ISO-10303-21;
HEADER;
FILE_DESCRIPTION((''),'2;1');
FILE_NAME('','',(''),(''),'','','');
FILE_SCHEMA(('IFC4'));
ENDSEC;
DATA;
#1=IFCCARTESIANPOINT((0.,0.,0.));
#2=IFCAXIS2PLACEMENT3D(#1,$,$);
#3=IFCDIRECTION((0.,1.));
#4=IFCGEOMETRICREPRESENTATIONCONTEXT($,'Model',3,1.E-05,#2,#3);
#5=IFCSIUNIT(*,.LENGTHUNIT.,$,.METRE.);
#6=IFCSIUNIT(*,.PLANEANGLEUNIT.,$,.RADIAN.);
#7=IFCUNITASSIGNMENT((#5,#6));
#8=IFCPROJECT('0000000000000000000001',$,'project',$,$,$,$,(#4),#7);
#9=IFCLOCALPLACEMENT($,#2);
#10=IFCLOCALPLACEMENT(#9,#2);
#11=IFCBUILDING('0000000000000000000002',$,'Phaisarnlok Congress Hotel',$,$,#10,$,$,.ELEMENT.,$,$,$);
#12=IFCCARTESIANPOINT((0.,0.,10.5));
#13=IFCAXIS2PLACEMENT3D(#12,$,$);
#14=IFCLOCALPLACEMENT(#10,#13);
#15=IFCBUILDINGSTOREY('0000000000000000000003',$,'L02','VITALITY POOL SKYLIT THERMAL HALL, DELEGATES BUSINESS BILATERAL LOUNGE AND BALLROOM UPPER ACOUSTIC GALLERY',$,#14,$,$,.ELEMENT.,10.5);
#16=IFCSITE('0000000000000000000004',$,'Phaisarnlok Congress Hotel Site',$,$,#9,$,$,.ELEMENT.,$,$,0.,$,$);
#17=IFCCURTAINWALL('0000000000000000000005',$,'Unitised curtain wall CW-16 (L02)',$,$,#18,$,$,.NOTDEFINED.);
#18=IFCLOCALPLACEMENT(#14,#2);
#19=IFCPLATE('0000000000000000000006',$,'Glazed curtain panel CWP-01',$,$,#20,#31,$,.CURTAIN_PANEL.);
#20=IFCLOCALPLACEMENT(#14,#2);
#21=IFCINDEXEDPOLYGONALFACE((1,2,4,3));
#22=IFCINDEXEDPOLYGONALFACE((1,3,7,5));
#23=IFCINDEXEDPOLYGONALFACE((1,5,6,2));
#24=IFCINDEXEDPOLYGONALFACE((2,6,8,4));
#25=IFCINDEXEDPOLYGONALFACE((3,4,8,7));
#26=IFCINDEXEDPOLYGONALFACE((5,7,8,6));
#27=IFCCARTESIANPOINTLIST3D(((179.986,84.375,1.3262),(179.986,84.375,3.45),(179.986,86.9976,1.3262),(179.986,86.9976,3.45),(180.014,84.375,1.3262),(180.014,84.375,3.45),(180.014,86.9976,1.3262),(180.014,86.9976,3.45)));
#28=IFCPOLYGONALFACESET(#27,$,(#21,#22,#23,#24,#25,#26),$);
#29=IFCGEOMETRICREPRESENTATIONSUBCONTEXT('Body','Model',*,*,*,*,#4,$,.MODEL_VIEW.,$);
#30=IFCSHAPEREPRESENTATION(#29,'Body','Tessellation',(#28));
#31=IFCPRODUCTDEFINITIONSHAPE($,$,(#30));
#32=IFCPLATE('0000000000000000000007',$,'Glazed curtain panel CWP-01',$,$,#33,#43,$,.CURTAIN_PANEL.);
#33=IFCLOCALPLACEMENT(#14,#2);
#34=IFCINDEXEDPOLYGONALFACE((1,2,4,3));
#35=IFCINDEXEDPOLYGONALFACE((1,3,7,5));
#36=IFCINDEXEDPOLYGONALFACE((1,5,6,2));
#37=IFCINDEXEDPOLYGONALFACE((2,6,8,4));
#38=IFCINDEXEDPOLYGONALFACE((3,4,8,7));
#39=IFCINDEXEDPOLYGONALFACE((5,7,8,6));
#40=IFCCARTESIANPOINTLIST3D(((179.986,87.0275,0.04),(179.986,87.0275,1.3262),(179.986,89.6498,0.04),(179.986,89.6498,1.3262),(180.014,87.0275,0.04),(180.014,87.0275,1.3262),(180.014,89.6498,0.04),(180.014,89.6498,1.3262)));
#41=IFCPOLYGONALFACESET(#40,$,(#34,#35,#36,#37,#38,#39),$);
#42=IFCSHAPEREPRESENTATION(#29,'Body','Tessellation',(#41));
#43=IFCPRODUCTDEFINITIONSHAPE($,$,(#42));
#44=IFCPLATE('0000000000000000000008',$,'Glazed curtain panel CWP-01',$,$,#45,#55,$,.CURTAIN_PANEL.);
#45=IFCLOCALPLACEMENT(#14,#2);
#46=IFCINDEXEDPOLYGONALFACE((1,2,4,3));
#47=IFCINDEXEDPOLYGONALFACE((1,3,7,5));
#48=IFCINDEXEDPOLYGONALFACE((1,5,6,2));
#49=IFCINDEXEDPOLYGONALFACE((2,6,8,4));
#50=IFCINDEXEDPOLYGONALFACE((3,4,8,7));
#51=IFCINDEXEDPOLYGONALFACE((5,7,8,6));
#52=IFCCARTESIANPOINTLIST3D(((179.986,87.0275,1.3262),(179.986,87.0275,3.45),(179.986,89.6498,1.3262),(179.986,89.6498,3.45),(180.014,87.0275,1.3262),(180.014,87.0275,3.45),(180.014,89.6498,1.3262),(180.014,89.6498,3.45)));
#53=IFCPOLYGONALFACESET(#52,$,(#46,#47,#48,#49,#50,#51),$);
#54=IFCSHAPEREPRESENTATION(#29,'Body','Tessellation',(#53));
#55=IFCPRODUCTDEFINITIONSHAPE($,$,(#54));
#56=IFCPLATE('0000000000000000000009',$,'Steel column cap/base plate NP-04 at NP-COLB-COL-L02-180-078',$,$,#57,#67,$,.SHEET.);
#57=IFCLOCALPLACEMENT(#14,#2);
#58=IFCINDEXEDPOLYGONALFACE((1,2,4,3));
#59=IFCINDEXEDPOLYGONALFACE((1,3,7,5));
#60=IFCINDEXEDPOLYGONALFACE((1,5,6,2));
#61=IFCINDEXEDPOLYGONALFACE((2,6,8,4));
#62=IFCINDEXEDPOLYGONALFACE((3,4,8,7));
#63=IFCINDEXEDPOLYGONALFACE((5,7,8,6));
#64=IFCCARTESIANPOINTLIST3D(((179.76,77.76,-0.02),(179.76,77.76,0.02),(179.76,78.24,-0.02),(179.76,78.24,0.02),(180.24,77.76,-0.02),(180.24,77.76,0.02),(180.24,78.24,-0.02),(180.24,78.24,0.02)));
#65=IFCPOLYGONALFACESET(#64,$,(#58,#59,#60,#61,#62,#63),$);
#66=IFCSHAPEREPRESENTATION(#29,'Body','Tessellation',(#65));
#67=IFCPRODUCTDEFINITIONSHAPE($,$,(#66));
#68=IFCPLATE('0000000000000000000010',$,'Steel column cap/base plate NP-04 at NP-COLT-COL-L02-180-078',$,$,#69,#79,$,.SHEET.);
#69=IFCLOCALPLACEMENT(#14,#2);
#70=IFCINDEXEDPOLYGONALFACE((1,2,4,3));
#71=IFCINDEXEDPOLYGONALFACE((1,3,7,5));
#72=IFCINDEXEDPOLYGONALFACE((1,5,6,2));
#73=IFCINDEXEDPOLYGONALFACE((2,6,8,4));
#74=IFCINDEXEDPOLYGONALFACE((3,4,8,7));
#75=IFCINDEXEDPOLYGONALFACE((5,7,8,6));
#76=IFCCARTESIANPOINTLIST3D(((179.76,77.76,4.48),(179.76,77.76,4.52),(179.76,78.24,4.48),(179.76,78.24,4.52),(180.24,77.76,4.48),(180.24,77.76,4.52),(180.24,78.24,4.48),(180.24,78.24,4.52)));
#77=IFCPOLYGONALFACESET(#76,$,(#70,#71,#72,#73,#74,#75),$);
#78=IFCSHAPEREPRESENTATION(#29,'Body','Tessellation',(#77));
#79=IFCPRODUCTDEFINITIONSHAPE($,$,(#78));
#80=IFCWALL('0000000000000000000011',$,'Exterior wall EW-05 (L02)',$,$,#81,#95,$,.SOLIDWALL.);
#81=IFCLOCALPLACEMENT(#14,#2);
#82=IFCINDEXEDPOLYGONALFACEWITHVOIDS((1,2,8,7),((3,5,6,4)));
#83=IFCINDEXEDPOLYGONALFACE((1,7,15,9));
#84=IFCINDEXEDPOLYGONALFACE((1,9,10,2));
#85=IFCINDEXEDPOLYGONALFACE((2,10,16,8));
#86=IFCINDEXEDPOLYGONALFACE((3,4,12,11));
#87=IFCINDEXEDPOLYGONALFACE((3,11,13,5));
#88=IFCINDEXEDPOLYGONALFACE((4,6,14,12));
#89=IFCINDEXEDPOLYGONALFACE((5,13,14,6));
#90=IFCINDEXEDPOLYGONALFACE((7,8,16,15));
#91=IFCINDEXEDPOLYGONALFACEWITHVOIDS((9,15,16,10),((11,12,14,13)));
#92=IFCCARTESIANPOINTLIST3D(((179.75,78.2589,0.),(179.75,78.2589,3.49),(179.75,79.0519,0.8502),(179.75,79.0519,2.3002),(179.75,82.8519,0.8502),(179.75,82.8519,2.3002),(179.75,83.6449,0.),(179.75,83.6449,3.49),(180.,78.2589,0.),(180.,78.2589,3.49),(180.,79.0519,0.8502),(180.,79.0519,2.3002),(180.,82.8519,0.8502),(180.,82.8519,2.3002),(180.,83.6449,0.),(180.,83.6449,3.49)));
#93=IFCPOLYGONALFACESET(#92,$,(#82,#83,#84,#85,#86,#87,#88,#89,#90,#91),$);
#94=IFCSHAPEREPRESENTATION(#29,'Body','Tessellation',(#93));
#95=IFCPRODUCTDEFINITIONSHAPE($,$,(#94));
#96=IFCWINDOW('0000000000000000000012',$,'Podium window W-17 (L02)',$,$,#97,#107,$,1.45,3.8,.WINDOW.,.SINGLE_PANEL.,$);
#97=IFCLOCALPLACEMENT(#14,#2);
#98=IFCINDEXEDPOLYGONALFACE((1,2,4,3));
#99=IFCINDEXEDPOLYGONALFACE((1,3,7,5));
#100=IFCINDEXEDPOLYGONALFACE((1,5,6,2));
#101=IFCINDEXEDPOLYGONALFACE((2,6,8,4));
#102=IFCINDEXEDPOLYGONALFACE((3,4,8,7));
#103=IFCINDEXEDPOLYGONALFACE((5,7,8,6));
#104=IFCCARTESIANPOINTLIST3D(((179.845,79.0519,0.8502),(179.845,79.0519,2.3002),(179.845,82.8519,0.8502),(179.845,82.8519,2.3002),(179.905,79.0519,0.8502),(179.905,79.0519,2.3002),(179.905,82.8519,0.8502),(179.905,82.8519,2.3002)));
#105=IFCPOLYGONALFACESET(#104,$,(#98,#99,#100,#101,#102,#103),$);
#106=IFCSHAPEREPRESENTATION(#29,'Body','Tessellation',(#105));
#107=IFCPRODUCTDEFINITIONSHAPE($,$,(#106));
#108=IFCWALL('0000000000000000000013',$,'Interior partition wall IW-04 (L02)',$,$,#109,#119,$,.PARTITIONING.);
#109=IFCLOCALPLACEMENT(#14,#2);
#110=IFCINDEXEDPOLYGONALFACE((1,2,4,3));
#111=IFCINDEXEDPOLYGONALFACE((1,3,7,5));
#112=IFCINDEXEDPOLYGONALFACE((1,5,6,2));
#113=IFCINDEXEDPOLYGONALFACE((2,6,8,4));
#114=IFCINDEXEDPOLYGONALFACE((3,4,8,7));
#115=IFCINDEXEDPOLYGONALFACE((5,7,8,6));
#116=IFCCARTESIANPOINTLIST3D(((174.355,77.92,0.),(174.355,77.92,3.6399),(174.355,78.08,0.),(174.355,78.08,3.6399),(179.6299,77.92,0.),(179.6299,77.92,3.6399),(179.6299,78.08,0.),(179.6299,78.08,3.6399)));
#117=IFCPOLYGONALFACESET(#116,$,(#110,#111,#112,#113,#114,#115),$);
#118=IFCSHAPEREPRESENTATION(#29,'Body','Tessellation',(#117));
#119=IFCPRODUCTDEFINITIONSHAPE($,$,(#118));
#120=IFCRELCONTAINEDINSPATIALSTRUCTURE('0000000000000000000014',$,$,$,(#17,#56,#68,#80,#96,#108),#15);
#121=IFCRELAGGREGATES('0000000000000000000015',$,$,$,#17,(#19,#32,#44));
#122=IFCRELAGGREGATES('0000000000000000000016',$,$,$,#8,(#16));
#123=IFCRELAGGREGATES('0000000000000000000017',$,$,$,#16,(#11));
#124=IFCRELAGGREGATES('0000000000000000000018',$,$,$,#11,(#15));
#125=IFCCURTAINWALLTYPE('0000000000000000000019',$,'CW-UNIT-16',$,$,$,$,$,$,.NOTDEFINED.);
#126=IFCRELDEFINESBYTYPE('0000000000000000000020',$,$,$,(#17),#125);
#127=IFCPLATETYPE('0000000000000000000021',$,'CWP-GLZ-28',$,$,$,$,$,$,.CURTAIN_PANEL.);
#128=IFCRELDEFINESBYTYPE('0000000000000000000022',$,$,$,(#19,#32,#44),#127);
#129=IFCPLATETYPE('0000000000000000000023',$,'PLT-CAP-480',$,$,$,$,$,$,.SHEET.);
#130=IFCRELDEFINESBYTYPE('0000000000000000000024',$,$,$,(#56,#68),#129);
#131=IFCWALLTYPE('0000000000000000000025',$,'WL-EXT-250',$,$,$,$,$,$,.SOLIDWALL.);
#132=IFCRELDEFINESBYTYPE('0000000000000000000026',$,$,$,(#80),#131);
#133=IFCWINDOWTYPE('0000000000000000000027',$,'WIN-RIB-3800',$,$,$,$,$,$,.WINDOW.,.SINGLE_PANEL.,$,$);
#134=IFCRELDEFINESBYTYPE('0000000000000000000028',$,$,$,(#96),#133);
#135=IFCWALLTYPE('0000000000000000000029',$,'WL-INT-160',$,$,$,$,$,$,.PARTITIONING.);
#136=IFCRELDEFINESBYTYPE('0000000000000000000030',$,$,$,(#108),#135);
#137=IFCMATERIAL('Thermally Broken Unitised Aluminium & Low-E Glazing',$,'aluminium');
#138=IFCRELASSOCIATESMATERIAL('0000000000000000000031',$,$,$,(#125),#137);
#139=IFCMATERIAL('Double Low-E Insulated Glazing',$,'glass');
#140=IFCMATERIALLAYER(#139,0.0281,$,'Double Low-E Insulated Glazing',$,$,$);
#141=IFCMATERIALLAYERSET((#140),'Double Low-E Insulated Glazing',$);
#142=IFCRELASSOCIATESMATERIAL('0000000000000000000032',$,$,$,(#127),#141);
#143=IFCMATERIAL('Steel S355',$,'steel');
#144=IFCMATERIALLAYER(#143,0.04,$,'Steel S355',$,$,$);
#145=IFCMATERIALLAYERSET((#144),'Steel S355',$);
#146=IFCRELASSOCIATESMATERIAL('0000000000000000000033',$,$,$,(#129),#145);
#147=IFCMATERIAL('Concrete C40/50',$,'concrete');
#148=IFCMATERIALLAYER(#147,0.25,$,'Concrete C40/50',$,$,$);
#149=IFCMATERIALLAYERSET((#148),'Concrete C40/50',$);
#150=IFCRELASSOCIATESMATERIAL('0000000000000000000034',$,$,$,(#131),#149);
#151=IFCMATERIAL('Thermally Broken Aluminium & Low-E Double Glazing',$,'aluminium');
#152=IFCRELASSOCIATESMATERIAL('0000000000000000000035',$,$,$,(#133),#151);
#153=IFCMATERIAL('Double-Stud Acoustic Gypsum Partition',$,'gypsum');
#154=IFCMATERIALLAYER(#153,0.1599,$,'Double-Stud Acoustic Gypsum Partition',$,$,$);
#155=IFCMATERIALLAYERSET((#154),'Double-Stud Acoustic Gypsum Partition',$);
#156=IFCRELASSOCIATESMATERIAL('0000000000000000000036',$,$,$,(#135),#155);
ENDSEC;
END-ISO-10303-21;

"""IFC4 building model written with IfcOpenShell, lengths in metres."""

from ifc_helpers import new_model, si_unit, direction, frame, frame_2d, origin, origin_2d, place, context, subcontext, project, spatial, rectangle, extrude, material, layer, layer_set, type_object, element, fill, aggregate, save


model = new_model("IFC4")

# Units and contexts
model_context = context("Model", 3, precision=1e-05, world=origin(), true_north=direction((0.0, 1.0)))
body_context = subcontext(model_context, "Body", "Model", "MODEL_VIEW")
ifc_project = project(units=[si_unit("LENGTHUNIT", "METRE"), si_unit("PLANEANGLEUNIT", "RADIAN")], contexts=[model_context])

# Site, building, storey
site_placement = place(None, origin())
site = spatial("IfcSite", under=ifc_project, at=site_placement, Name="Phaisarnlok Congress Hotel Site", CompositionType="ELEMENT", RefElevation=0.0)
building_placement = place(site_placement, origin())
building = spatial("IfcBuilding", under=site, at=building_placement, Name="Phaisarnlok Congress Hotel", CompositionType="ELEMENT")
storey_placement = place(building_placement, frame((0.0, 0.0, 10.5)))
storey = spatial("IfcBuildingStorey", under=building, at=storey_placement, Name="L02", Description="VITALITY POOL SKYLIT THERMAL HALL, DELEGATES BUSINESS BILATERAL LOUNGE AND BALLROOM UPPER ACOUSTIC GALLERY", CompositionType="ELEMENT", Elevation=10.5)

# Shared definitions
ifc_material_1 = material(Name="Steel S355", Category="steel")

# Curtain wall
ifc_material_2 = material(Name="Thermally Broken Unitised Aluminium & Low-E Glazing", Category="aluminium")
curtain_wall_type = type_object("IfcCurtainWallType", Name="CW-UNIT-16", PredefinedType="NOTDEFINED", material=ifc_material_2)
curtain_wall_placement = place(storey_placement, origin())
curtain_wall = element("IfcCurtainWall", 1, at=curtain_wall_placement, inside=storey, type_object=curtain_wall_type, Name="Unitised curtain wall CW-16 (L02)", PredefinedType="NOTDEFINED")

# Shared definitions
ifc_material_3 = material(Name="Concrete C40/50", Category="concrete")

# Plates
ifc_material_4 = material(Name="Double Low-E Insulated Glazing", Category="glass")
ifc_layer_1 = layer(ifc_material_4, 0.0281, Name="Double Low-E Insulated Glazing")
ifc_layer_set_1 = layer_set([ifc_layer_1], Name="Double Low-E Insulated Glazing")
plate_type_1 = type_object("IfcPlateType", Name="CWP-GLZ-28", PredefinedType="CURTAIN_PANEL", material=ifc_layer_set_1)
plate_1_placement = place(storey_placement, frame((180.0, 84.375, 1.3262), z_axis=(0.0, 0.0, 1.0), x_axis=(0.0, 1.0, 0.0)))
plate_1 = element("IfcPlate", 2, at=plate_1_placement, type_object=plate_type_1, Name="Glazed curtain panel CWP-01", PredefinedType="CURTAIN_PANEL", context=body_context, shape_type="SweptSolid", body=[
    extrude(rectangle(XDim=2.6226, YDim=0.0281, at=frame_2d((1.3113, 0.0))), origin(), (0.0, 0.0, 1.0), 2.1238),
])
plate_2_placement = place(storey_placement, frame((180.0, 87.0276, 0.04), z_axis=(0.0, 0.0, 1.0), x_axis=(0.0, 1.0, 0.0)))
plate_2 = element("IfcPlate", 3, at=plate_2_placement, type_object=plate_type_1, Name="Glazed curtain panel CWP-01", PredefinedType="CURTAIN_PANEL", context=body_context, shape_type="SweptSolid", body=[
    extrude(rectangle(XDim=2.6223, YDim=0.0281, at=frame_2d((1.311, 0.0))), origin(), (0.0, 0.0, 1.0), 1.2861),
])
plate_3_placement = place(storey_placement, frame((180.0, 87.0276, 1.3262), z_axis=(0.0, 0.0, 1.0), x_axis=(0.0, 1.0, 0.0)))
plate_3 = element("IfcPlate", 4, at=plate_3_placement, type_object=plate_type_1, Name="Glazed curtain panel CWP-01", PredefinedType="CURTAIN_PANEL", context=body_context, shape_type="SweptSolid", body=[
    extrude(rectangle(XDim=2.6223, YDim=0.0281, at=frame_2d((1.311, 0.0))), origin(), (0.0, 0.0, 1.0), 2.1238),
])
aggregate(curtain_wall, [plate_1, plate_2, plate_3])

# Plates
ifc_layer_2 = layer(ifc_material_1, 0.04, Name="Steel S355")
ifc_layer_set_2 = layer_set([ifc_layer_2], Name="Steel S355")
plate_type_2 = type_object("IfcPlateType", Name="PLT-CAP-480", PredefinedType="SHEET", material=ifc_layer_set_2)
for number, where, z_axis, x_axis, name in (
    (5, (180.0, 78.0, -0.02), (0.0, 0.0, 1.0), (1.0, 0.0, 0.0), "Steel column cap/base plate NP-04 at NP-COLB-COL-L02-180-078"),
    (6, (180.0, 78.0, 4.48), (0.0, 0.0, 1.0), (1.0, 0.0, 0.0), "Steel column cap/base plate NP-04 at NP-COLT-COL-L02-180-078"),
):
    element("IfcPlate", number, at=place(storey_placement, frame(where, z_axis=z_axis, x_axis=x_axis)), inside=storey, type_object=plate_type_2, Name=name, PredefinedType="SHEET", context=body_context, shape_type="SweptSolid", body=[
        extrude(rectangle(XDim=0.48, YDim=0.48, at=origin_2d()), origin(), (0.0, 0.0, 1.0), 0.04),
    ])

# Wall, opening, window
ifc_layer_3 = layer(ifc_material_3, 0.25, Name="Concrete C40/50")
ifc_layer_set_3 = layer_set([ifc_layer_3], Name="Concrete C40/50")
wall_type_1 = type_object("IfcWallType", Name="WL-EXT-250", PredefinedType="SOLIDWALL", material=ifc_layer_set_3)
wall_1_placement = place(storey_placement, frame((179.875, 78.259, 0.0), z_axis=(0.0, 0.0, 1.0), x_axis=(0.0, 1.0, 0.0)))
wall_1 = element("IfcWall", 7, at=wall_1_placement, inside=storey, type_object=wall_type_1, Name="Exterior wall EW-05 (L02)", PredefinedType="SOLIDWALL", context=body_context, shape_type="SweptSolid", body=[
    extrude(rectangle(XDim=5.386, YDim=0.25, at=frame_2d((2.6929, 0.0))), origin(), (0.0, 0.0, 1.0), 3.49),
])
opening_placement = place(wall_1_placement, frame((0.793, 0.0, 0.8501)))
opening = element("IfcOpeningElement", 8, at=opening_placement, cuts=wall_1, PredefinedType="OPENING", context=body_context, shape_type="SweptSolid", body=[
    extrude(rectangle(XDim=3.8, YDim=1.45, at=frame_2d((1.8999, 0.7251))), frame((0.0, 0.135, 0.0), z_axis=(0.0, -1.0, 0.0), x_axis=(1.0, 0.0, 0.0)), (0.0, 0.0, 1.0), 0.27),
])
ifc_material_5 = material(Name="Thermally Broken Aluminium & Low-E Double Glazing", Category="aluminium")
window_type = type_object("IfcWindowType", Name="WIN-RIB-3800", PartitioningType="SINGLE_PANEL", PredefinedType="WINDOW", material=ifc_material_5)
window_placement = place(opening_placement, origin())
window = element("IfcWindow", 9, at=window_placement, inside=storey, type_object=window_type, Name="Podium window W-17 (L02)", OverallHeight=1.45, OverallWidth=3.8, PartitioningType="SINGLE_PANEL", PredefinedType="WINDOW", context=body_context, shape_type="SweptSolid", body=[
    extrude(rectangle(XDim=3.8, YDim=1.45, at=frame_2d((1.8999, 0.7251))), frame((0.0, 0.03, 0.0), z_axis=(0.0, -1.0, 0.0), x_axis=(1.0, 0.0, 0.0)), (0.0, 0.0, 1.0), 0.0601),
])
fill(opening, window)

# Wall
ifc_material_6 = material(Name="Double-Stud Acoustic Gypsum Partition", Category="gypsum")
ifc_layer_4 = layer(ifc_material_6, 0.1599, Name="Double-Stud Acoustic Gypsum Partition")
ifc_layer_set_4 = layer_set([ifc_layer_4], Name="Double-Stud Acoustic Gypsum Partition")
wall_type_2 = type_object("IfcWallType", Name="WL-INT-160", PredefinedType="PARTITIONING", material=ifc_layer_set_4)
wall_2_placement = place(storey_placement, frame((174.355, 78.0, 0.0), z_axis=(0.0, 0.0, 1.0), x_axis=(1.0, 0.0, 0.0)))
element("IfcWall", 10, at=wall_2_placement, inside=storey, type_object=wall_type_2, Name="Interior partition wall IW-04 (L02)", PredefinedType="PARTITIONING", context=body_context, shape_type="SweptSolid", body=[
    extrude(rectangle(XDim=5.2749, YDim=0.1599, at=frame_2d((2.6375, 0.0))), origin(), (0.0, 0.0, 1.0), 3.6399),
])

save(model, "model.ifc")
